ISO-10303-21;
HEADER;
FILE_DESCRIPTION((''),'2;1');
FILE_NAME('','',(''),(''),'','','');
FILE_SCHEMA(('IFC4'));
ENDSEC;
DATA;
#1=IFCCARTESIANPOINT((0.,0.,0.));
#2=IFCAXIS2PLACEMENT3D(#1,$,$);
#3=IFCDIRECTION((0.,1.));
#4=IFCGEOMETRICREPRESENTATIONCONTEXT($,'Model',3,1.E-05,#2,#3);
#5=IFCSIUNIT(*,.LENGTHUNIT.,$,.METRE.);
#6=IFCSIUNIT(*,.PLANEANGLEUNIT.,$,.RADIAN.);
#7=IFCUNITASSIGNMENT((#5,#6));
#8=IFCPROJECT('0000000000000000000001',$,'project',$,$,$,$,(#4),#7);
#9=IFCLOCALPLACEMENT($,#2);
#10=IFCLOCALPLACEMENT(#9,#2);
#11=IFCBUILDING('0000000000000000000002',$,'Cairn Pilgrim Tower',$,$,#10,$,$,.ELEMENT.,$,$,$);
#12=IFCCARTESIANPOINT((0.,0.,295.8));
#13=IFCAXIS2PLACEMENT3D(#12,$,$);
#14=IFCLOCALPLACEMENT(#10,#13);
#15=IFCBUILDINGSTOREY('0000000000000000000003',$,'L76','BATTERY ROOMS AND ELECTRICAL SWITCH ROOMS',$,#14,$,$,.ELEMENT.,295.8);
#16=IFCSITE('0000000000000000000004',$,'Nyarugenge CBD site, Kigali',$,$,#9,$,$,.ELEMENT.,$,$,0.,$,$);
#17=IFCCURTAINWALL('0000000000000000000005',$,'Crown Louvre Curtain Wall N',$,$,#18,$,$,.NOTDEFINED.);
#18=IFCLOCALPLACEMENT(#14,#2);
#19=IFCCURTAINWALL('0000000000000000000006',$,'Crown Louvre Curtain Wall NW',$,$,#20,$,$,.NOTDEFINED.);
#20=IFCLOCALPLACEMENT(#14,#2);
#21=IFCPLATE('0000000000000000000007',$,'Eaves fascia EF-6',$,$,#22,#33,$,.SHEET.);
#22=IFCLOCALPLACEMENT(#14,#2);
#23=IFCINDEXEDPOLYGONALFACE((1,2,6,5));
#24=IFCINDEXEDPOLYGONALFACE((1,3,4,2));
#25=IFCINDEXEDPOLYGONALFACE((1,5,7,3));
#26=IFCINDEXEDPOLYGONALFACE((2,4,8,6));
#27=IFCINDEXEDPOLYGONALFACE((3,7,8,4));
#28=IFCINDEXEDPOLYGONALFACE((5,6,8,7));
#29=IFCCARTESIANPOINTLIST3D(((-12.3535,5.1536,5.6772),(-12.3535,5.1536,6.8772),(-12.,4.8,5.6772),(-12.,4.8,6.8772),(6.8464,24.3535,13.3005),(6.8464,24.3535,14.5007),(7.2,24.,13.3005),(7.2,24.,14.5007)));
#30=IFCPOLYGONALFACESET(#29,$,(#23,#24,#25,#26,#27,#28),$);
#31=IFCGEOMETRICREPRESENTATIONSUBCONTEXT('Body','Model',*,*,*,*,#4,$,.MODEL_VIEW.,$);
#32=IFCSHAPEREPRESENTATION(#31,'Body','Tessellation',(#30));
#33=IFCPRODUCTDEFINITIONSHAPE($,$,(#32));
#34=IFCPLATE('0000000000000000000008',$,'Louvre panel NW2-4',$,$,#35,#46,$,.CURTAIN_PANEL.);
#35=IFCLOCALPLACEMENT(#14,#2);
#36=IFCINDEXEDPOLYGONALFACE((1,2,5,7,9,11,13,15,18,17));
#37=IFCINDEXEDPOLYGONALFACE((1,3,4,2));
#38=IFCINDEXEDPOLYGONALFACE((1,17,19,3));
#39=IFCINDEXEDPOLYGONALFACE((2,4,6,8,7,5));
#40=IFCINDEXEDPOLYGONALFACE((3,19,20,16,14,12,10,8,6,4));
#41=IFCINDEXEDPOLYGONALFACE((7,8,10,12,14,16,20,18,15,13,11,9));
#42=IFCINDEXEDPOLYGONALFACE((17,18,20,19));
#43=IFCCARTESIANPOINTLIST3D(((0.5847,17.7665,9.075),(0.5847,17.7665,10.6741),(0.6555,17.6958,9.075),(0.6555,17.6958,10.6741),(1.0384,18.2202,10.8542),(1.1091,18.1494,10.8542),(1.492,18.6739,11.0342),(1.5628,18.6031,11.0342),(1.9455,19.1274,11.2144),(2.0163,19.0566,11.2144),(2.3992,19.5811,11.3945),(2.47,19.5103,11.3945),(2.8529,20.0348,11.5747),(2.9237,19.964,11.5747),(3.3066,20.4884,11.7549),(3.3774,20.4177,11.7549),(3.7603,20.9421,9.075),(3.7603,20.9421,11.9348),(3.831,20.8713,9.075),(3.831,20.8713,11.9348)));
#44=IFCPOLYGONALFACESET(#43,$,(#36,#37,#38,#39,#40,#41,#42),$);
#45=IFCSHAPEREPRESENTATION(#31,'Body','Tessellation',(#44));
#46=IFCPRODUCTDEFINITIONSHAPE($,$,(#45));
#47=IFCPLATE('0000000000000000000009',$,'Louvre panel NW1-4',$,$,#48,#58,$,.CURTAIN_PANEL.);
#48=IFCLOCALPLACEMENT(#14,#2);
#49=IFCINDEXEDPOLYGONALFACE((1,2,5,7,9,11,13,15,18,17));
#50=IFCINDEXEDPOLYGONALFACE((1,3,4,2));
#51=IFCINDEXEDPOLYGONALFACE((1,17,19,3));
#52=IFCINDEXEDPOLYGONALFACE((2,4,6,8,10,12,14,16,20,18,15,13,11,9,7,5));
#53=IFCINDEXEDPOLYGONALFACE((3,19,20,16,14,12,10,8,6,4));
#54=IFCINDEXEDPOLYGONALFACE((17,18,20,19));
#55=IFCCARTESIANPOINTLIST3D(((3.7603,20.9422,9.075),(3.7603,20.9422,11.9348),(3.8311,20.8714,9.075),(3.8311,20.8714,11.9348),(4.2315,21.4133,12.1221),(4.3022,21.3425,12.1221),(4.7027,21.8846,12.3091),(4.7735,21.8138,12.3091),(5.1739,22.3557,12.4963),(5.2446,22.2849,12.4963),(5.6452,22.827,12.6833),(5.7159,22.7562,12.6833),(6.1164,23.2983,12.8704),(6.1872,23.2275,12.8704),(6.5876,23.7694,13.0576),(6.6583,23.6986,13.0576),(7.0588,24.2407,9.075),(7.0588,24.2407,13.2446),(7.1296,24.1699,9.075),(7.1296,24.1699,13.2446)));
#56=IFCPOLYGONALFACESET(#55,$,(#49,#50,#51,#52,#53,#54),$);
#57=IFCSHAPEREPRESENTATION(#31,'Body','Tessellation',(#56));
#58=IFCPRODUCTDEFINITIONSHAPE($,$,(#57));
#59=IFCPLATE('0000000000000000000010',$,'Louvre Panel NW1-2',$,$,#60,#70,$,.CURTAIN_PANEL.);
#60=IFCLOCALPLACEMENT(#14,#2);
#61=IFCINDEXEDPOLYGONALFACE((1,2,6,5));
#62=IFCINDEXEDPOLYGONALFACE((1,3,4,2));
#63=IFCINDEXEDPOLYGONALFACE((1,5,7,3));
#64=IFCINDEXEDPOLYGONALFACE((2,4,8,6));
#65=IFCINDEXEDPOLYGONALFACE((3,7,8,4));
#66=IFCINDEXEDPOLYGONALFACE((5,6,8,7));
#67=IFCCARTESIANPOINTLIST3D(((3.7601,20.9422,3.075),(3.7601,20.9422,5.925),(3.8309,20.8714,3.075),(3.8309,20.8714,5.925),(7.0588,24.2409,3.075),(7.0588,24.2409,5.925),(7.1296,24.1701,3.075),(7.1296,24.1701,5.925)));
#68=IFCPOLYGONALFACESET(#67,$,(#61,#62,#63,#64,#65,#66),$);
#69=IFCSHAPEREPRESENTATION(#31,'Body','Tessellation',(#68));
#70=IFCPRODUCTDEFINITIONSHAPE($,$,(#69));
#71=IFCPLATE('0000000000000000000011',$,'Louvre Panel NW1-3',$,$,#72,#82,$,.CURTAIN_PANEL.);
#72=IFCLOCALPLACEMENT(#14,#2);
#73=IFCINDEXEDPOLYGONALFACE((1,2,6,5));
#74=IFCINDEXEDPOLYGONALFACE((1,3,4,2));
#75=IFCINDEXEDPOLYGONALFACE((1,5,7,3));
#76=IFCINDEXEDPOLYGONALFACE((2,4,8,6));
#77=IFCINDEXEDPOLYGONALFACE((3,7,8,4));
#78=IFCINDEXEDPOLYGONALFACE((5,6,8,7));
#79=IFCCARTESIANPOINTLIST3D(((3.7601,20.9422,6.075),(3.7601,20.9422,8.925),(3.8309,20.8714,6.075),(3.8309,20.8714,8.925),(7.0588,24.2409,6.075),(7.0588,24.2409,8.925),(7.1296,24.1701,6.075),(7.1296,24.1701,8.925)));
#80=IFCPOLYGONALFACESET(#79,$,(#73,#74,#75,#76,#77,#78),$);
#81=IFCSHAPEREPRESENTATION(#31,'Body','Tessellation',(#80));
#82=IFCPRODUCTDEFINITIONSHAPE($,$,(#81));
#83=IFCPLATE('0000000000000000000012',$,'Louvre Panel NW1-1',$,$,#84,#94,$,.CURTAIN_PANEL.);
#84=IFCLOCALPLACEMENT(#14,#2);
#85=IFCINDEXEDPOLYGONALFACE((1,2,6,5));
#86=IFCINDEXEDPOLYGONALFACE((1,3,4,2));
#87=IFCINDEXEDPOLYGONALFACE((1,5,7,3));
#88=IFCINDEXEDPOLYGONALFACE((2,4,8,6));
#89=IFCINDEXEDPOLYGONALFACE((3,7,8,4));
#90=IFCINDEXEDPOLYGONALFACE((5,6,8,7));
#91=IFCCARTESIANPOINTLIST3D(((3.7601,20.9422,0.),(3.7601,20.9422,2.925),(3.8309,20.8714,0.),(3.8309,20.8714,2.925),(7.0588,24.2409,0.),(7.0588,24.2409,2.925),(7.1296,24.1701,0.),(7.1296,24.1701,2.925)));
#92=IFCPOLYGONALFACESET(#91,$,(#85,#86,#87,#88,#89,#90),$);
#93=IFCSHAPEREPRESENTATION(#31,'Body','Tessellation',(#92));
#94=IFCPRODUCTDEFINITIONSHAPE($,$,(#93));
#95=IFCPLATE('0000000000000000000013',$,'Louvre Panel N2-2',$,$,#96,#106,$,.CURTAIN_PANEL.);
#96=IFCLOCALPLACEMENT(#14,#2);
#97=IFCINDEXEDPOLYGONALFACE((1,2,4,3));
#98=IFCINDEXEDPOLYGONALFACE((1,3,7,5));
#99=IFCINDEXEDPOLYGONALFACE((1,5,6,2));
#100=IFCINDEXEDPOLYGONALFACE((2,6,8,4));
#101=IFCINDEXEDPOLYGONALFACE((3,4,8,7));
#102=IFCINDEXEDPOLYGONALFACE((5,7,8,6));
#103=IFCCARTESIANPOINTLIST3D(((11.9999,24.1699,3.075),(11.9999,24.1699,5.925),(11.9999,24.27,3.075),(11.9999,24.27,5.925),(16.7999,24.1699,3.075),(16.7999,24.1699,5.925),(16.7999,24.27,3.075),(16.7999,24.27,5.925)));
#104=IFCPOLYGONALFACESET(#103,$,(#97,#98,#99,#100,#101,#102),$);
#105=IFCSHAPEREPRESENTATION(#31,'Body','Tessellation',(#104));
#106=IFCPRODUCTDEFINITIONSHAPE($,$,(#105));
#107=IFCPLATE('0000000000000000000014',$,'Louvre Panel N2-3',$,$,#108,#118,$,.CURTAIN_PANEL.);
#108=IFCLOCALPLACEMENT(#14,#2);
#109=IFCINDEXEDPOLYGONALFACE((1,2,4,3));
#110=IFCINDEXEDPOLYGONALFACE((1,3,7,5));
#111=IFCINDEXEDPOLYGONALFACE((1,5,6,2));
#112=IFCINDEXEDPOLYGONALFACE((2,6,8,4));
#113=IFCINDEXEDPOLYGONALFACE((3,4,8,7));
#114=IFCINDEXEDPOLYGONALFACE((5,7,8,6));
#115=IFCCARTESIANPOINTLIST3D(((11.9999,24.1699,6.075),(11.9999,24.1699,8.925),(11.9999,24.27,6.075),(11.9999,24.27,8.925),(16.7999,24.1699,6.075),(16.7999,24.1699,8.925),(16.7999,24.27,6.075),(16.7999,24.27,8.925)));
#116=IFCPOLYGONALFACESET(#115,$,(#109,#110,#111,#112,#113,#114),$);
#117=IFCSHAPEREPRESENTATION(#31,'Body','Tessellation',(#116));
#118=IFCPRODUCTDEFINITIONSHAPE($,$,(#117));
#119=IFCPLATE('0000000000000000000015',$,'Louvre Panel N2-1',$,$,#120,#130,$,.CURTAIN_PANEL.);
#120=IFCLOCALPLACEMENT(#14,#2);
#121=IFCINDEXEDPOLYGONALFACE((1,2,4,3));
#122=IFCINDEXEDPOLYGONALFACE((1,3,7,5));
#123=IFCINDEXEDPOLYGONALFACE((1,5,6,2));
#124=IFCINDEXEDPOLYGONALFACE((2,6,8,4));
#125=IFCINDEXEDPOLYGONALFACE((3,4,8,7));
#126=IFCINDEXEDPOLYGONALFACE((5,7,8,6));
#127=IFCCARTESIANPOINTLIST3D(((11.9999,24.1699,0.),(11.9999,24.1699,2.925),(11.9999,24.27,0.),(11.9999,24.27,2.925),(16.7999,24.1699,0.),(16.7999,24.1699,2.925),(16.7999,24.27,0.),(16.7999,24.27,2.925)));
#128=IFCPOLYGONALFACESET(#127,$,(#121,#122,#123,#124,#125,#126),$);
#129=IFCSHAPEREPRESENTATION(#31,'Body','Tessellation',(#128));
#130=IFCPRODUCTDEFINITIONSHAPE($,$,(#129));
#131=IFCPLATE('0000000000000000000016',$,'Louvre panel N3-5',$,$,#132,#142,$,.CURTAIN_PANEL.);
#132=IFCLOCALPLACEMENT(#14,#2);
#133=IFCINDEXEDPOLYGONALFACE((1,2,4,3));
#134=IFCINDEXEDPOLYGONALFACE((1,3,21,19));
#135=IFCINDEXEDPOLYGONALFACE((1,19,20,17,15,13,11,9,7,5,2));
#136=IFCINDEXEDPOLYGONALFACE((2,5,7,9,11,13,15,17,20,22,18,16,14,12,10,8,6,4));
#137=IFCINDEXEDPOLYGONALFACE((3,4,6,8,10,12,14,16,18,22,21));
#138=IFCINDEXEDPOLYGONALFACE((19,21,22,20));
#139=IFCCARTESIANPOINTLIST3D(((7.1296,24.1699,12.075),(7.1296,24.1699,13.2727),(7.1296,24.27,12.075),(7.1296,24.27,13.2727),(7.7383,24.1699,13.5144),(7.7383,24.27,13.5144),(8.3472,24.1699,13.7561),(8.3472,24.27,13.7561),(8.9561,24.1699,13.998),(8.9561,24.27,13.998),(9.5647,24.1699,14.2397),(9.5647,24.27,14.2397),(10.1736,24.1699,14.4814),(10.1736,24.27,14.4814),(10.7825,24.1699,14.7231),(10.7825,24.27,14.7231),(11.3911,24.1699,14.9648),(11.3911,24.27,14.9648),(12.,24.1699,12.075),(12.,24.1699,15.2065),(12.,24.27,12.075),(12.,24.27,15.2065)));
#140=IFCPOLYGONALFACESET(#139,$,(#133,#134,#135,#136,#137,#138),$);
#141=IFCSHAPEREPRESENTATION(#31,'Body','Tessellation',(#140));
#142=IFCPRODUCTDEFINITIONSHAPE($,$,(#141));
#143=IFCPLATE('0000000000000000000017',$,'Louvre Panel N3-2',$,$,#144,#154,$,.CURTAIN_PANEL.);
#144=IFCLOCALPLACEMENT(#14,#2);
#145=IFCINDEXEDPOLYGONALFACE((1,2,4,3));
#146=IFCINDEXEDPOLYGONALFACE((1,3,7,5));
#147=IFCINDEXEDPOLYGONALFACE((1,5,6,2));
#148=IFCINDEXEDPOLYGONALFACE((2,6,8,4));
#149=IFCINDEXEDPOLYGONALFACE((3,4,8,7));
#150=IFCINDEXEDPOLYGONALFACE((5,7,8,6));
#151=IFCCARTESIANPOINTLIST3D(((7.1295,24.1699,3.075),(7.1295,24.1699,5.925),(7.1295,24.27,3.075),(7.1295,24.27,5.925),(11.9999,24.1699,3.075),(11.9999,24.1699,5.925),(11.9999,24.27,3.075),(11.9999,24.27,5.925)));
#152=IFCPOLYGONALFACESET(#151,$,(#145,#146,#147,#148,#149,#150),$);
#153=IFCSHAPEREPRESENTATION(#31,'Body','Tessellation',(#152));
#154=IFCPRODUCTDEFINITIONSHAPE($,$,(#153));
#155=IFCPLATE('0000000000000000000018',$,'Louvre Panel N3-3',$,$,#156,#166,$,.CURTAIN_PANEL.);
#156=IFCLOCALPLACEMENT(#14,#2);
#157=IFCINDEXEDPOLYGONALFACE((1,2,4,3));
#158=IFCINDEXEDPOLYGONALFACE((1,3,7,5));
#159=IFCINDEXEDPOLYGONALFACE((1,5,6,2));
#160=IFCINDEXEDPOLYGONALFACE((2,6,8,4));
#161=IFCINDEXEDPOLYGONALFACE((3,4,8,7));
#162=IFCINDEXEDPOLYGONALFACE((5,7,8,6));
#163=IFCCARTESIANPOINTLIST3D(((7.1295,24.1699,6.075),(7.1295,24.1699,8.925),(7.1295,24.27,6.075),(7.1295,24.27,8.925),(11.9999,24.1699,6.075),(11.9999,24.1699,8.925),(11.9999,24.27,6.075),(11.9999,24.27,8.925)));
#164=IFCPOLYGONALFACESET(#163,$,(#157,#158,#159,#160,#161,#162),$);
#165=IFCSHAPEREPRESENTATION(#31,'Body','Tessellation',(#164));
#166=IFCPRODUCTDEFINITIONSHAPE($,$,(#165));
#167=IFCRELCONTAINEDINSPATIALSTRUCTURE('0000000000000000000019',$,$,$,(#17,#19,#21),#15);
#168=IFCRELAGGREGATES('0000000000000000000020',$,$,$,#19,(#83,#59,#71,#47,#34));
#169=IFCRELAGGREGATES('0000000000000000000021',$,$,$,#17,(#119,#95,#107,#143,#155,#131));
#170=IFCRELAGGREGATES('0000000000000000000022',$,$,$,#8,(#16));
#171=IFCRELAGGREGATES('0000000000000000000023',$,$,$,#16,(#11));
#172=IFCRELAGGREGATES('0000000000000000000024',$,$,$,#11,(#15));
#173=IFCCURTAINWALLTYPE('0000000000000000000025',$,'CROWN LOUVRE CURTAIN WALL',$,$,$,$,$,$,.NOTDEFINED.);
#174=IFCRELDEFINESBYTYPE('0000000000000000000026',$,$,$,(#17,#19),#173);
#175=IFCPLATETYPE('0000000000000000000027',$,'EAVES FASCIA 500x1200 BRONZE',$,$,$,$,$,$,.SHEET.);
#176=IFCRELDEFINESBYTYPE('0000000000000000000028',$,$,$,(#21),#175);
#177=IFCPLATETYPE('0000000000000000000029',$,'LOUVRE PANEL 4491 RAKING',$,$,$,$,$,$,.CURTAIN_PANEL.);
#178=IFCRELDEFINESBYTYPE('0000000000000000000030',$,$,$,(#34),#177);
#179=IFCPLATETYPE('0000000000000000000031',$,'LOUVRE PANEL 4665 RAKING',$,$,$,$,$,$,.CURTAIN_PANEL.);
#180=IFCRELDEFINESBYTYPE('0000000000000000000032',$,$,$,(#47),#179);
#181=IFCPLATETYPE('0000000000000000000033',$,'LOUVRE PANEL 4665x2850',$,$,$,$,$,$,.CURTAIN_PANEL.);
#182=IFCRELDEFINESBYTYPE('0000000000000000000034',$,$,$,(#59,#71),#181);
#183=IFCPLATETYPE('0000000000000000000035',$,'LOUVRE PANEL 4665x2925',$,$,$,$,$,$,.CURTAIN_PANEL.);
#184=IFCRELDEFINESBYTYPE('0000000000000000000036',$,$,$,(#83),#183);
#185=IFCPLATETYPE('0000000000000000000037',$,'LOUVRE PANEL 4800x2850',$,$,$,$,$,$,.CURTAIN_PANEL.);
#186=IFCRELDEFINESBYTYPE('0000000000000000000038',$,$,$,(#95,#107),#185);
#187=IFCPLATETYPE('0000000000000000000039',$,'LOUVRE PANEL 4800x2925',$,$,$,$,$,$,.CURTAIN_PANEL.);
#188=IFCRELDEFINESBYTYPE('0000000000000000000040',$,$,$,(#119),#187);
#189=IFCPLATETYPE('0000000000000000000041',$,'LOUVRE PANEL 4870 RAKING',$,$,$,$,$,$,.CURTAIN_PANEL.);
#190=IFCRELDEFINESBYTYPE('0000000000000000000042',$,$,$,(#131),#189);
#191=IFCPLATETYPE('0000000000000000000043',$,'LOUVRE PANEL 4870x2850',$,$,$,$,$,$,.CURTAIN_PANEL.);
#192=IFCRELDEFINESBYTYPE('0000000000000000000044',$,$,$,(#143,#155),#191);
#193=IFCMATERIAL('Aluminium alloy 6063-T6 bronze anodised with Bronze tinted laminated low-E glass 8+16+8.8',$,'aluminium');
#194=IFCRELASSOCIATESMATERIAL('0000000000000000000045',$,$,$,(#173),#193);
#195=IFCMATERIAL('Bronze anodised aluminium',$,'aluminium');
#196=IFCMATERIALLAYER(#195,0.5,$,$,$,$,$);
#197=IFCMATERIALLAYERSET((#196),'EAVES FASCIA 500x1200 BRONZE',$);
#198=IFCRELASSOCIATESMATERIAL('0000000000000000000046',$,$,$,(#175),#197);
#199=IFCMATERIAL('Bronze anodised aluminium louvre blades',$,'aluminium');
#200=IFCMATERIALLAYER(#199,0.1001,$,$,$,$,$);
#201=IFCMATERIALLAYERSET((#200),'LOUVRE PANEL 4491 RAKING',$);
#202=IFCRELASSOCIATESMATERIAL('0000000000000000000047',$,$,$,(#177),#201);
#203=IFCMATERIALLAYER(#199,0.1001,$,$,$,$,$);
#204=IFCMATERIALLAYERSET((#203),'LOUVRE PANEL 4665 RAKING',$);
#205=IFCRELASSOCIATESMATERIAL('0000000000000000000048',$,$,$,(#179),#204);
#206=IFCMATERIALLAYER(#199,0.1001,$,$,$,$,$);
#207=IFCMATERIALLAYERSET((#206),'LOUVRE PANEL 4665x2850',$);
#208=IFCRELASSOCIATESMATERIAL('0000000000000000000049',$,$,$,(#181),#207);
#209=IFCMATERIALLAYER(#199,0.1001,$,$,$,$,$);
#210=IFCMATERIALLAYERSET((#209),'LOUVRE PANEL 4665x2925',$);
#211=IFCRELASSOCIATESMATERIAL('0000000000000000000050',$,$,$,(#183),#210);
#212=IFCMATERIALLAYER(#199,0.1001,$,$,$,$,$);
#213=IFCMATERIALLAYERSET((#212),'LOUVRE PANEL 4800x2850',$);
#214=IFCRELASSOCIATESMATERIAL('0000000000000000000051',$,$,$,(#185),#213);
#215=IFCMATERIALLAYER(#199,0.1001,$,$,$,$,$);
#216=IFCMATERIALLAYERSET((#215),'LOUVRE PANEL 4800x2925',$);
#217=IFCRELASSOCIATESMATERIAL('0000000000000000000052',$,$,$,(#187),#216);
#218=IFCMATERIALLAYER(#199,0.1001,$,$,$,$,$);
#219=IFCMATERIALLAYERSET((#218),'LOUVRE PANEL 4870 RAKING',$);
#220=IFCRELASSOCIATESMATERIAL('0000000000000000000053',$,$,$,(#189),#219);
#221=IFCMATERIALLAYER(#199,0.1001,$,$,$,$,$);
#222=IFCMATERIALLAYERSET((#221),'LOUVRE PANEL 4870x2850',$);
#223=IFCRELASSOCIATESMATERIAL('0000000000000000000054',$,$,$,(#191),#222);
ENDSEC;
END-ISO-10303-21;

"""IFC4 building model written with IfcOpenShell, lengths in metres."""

from ifc_helpers import new_model, si_unit, direction, frame, origin, origin_2d, place, context, subcontext, project, spatial, polyline, rectangle, outline, extrude, material, layer, layer_set, type_object, element, aggregate, save


model = new_model("IFC4")

# Units and contexts
model_context = context("Model", 3, precision=1e-05, world=origin(), true_north=direction((0.0, 1.0)))
body_context = subcontext(model_context, "Body", "Model", "MODEL_VIEW")
ifc_project = project(units=[si_unit("LENGTHUNIT", "METRE"), si_unit("PLANEANGLEUNIT", "RADIAN")], contexts=[model_context])

# Site, building, storey
site_placement = place(None, origin())
site = spatial("IfcSite", under=ifc_project, at=site_placement, Name="Nyarugenge CBD site, Kigali", CompositionType="ELEMENT", RefElevation=0.0)
building_placement = place(site_placement, origin())
building = spatial("IfcBuilding", under=site, at=building_placement, Name="Cairn Pilgrim Tower", CompositionType="ELEMENT")
storey_placement = place(building_placement, frame((0.0, 0.0, 295.8)))
storey = spatial("IfcBuildingStorey", under=building, at=storey_placement, Name="L76", Description="BATTERY ROOMS AND ELECTRICAL SWITCH ROOMS", CompositionType="ELEMENT", Elevation=295.8)

# Curtain wall
ifc_material_1 = material(Name="Aluminium alloy 6063-T6 bronze anodised with Bronze tinted laminated low-E glass 8+16+8.8", Category="aluminium")
curtain_wall_type = type_object("IfcCurtainWallType", Name="CROWN LOUVRE CURTAIN WALL", PredefinedType="NOTDEFINED", material=ifc_material_1)
curtain_wall_1_placement = place(storey_placement, origin())
curtain_wall_1 = element("IfcCurtainWall", 1, at=curtain_wall_1_placement, inside=storey, type_object=curtain_wall_type, Name="Crown Louvre Curtain Wall N", PredefinedType="NOTDEFINED")

# Curtain wall
curtain_wall_2_placement = place(storey_placement, origin())
curtain_wall_2 = element("IfcCurtainWall", 2, at=curtain_wall_2_placement, inside=storey, type_object=curtain_wall_type, Name="Crown Louvre Curtain Wall NW", PredefinedType="NOTDEFINED")

# Plates
ifc_material_2 = material(Name="Bronze anodised aluminium", Category="aluminium")
ifc_layer_1 = layer(ifc_material_2, 0.5)
ifc_layer_set_1 = layer_set([ifc_layer_1], Name="EAVES FASCIA 500x1200 BRONZE")
plate_type_1 = type_object("IfcPlateType", Name="EAVES FASCIA 500x1200 BRONZE", PredefinedType="SHEET", material=ifc_layer_set_1)
plate_1_placement = place(storey_placement, frame((7.0232, 24.1768, 5.6772), z_axis=(0.0, 0.0, 1.0), x_axis=(-0.707107, -0.707107, 0.0)))
element("IfcPlate", 3, at=plate_1_placement, inside=storey, type_object=plate_type_1, Name="Eaves fascia EF-6", PredefinedType="SHEET", context=body_context, shape_type="SweptSolid", body=[
    extrude(outline(polyline([(0.0, 7.6233), (27.1528, 0.0), (27.1528, 1.2), (0.0, 8.8235), (0.0, 7.6233)])), frame((0.0, 0.25, 0.0), z_axis=(0.0, -1.0, 0.0), x_axis=(1.0, 0.0, 0.0)), (0.0, 0.0, 1.0), 0.5),
])
ifc_material_3 = material(Name="Bronze anodised aluminium louvre blades", Category="aluminium")
ifc_layer_2 = layer(ifc_material_3, 0.1001)
ifc_layer_set_2 = layer_set([ifc_layer_2], Name="LOUVRE PANEL 4491 RAKING")
plate_type_2 = type_object("IfcPlateType", Name="LOUVRE PANEL 4491 RAKING", PredefinedType="CURTAIN_PANEL", material=ifc_layer_set_2)
plate_2_placement = place(storey_placement, frame((3.7957, 20.9067, 9.075), z_axis=(0.0, 0.0, 1.0), x_axis=(-0.707107, -0.707107, 0.0)))
plate_2 = element("IfcPlate", 4, at=plate_2_placement, type_object=plate_type_2, Name="Louvre panel NW2-4", PredefinedType="CURTAIN_PANEL", context=body_context, shape_type="SweptSolid", body=[
    extrude(outline(polyline([(0.0, 0.0), (4.491, 0.0), (4.491, 1.5991), (3.8494, 1.7793), (3.2078, 1.9592), (2.5664, 2.1394), (1.9248, 2.3196), (1.2832, 2.4998), (0.6416, 2.6799), (0.0, 2.8599), (0.0, 0.0)])), frame((0.0, 0.05, 0.0), z_axis=(0.0, -1.0, 0.0), x_axis=(1.0, 0.0, 0.0)), (0.0, 0.0, 1.0), 0.1001),
])
ifc_layer_3 = layer(ifc_material_3, 0.1001)
ifc_layer_set_3 = layer_set([ifc_layer_3], Name="LOUVRE PANEL 4665 RAKING")
plate_type_3 = type_object("IfcPlateType", Name="LOUVRE PANEL 4665 RAKING", PredefinedType="CURTAIN_PANEL", material=ifc_layer_set_3)
plate_3_placement = place(storey_placement, frame((7.0942, 24.2053, 9.075), z_axis=(0.0, 0.0, 1.0), x_axis=(-0.707107, -0.707107, 0.0)))
plate_3 = element("IfcPlate", 5, at=plate_3_placement, type_object=plate_type_3, Name="Louvre panel NW1-4", PredefinedType="CURTAIN_PANEL", context=body_context, shape_type="SweptSolid", body=[
    extrude(outline(polyline([(0.0, 0.0), (4.6648, 0.0), (4.6648, 2.8599), (3.9985, 3.0471), (3.332, 3.2341), (2.6658, 3.4214), (1.9993, 3.6084), (1.3328, 3.7954), (0.6665, 3.9827), (0.0, 4.1697), (0.0, 0.0)])), frame((0.0, 0.05, 0.0), z_axis=(0.0, -1.0, 0.0), x_axis=(1.0, 0.0, 0.0)), (0.0, 0.0, 1.0), 0.1001),
])
ifc_layer_4 = layer(ifc_material_3, 0.1001)
ifc_layer_set_4 = layer_set([ifc_layer_4], Name="LOUVRE PANEL 4665x2850")
plate_type_4 = type_object("IfcPlateType", Name="LOUVRE PANEL 4665x2850", PredefinedType="CURTAIN_PANEL", material=ifc_layer_set_4)
plate_4_placement = place(storey_placement, frame((5.4448, 22.5562, 3.075), z_axis=(0.0, 0.0, 1.0), x_axis=(-0.707107, -0.707107, 0.0)))
plate_4 = element("IfcPlate", 6, at=plate_4_placement, type_object=plate_type_4, Name="Louvre Panel NW1-2", PredefinedType="CURTAIN_PANEL", context=body_context, shape_type="SweptSolid", body=[
    extrude(rectangle(XDim=4.665, YDim=0.1001, at=origin_2d()), origin(), (0.0, 0.0, 1.0), 2.8501),
])
plate_5_placement = place(storey_placement, frame((5.4448, 22.5562, 6.075), z_axis=(0.0, 0.0, 1.0), x_axis=(-0.707107, -0.707107, 0.0)))
plate_5 = element("IfcPlate", 7, at=plate_5_placement, type_object=plate_type_4, Name="Louvre Panel NW1-3", PredefinedType="CURTAIN_PANEL", context=body_context, shape_type="SweptSolid", body=[
    extrude(rectangle(XDim=4.665, YDim=0.1001, at=origin_2d()), origin(), (0.0, 0.0, 1.0), 2.8501),
])
ifc_layer_5 = layer(ifc_material_3, 0.1001)
ifc_layer_set_5 = layer_set([ifc_layer_5], Name="LOUVRE PANEL 4665x2925")
plate_type_5 = type_object("IfcPlateType", Name="LOUVRE PANEL 4665x2925", PredefinedType="CURTAIN_PANEL", material=ifc_layer_set_5)
plate_6_placement = place(storey_placement, frame((5.4448, 22.5562, 0.0), z_axis=(0.0, 0.0, 1.0), x_axis=(-0.707107, -0.707107, 0.0)))
plate_6 = element("IfcPlate", 8, at=plate_6_placement, type_object=plate_type_5, Name="Louvre Panel NW1-1", PredefinedType="CURTAIN_PANEL", context=body_context, shape_type="SweptSolid", body=[
    extrude(rectangle(XDim=4.665, YDim=0.1001, at=origin_2d()), origin(), (0.0, 0.0, 1.0), 2.925),
])
aggregate(curtain_wall_2, [plate_6, plate_4, plate_5, plate_3, plate_2])
ifc_layer_6 = layer(ifc_material_3, 0.1001)
ifc_layer_set_6 = layer_set([ifc_layer_6], Name="LOUVRE PANEL 4800x2850")
plate_type_6 = type_object("IfcPlateType", Name="LOUVRE PANEL 4800x2850", PredefinedType="CURTAIN_PANEL", material=ifc_layer_set_6)
plate_7_placement = place(storey_placement, frame((14.3999, 24.22, 3.075), z_axis=(0.0, 0.0, 1.0), x_axis=(-1.0, 0.0, 0.0)))
plate_7 = element("IfcPlate", 9, at=plate_7_placement, type_object=plate_type_6, Name="Louvre Panel N2-2", PredefinedType="CURTAIN_PANEL", context=body_context, shape_type="SweptSolid", body=[
    extrude(rectangle(XDim=4.8, YDim=0.1001, at=origin_2d()), origin(), (0.0, 0.0, 1.0), 2.8501),
])
plate_8_placement = place(storey_placement, frame((14.3999, 24.22, 6.075), z_axis=(0.0, 0.0, 1.0), x_axis=(-1.0, 0.0, 0.0)))
plate_8 = element("IfcPlate", 10, at=plate_8_placement, type_object=plate_type_6, Name="Louvre Panel N2-3", PredefinedType="CURTAIN_PANEL", context=body_context, shape_type="SweptSolid", body=[
    extrude(rectangle(XDim=4.8, YDim=0.1001, at=origin_2d()), origin(), (0.0, 0.0, 1.0), 2.8501),
])
ifc_layer_7 = layer(ifc_material_3, 0.1001)
ifc_layer_set_7 = layer_set([ifc_layer_7], Name="LOUVRE PANEL 4800x2925")
plate_type_7 = type_object("IfcPlateType", Name="LOUVRE PANEL 4800x2925", PredefinedType="CURTAIN_PANEL", material=ifc_layer_set_7)
plate_9_placement = place(storey_placement, frame((14.3999, 24.22, 0.0), z_axis=(0.0, 0.0, 1.0), x_axis=(-1.0, 0.0, 0.0)))
plate_9 = element("IfcPlate", 11, at=plate_9_placement, type_object=plate_type_7, Name="Louvre Panel N2-1", PredefinedType="CURTAIN_PANEL", context=body_context, shape_type="SweptSolid", body=[
    extrude(rectangle(XDim=4.8, YDim=0.1001, at=origin_2d()), origin(), (0.0, 0.0, 1.0), 2.925),
])
ifc_layer_8 = layer(ifc_material_3, 0.1001)
ifc_layer_set_8 = layer_set([ifc_layer_8], Name="LOUVRE PANEL 4870 RAKING")
plate_type_8 = type_object("IfcPlateType", Name="LOUVRE PANEL 4870 RAKING", PredefinedType="CURTAIN_PANEL", material=ifc_layer_set_8)
plate_10_placement = place(storey_placement, frame((12.0, 24.22, 12.075), z_axis=(0.0, 0.0, 1.0), x_axis=(-1.0, 0.0, 0.0)))
plate_10 = element("IfcPlate", 12, at=plate_10_placement, type_object=plate_type_8, Name="Louvre panel N3-5", PredefinedType="CURTAIN_PANEL", context=body_context, shape_type="SweptSolid", body=[
    extrude(outline(polyline([(0.0, 0.0), (4.8704, 0.0), (4.8704, 1.1978), (4.2617, 1.4395), (3.6528, 1.6812), (3.0439, 1.9231), (2.4353, 2.1648), (1.8264, 2.4065), (1.2175, 2.6482), (0.6089, 2.8899), (0.0, 3.1316), (0.0, 0.0)])), frame((0.0, 0.05, 0.0), z_axis=(0.0, -1.0, 0.0), x_axis=(1.0, 0.0, 0.0)), (0.0, 0.0, 1.0), 0.1001),
])
ifc_layer_9 = layer(ifc_material_3, 0.1001)
ifc_layer_set_9 = layer_set([ifc_layer_9], Name="LOUVRE PANEL 4870x2850")
plate_type_9 = type_object("IfcPlateType", Name="LOUVRE PANEL 4870x2850", PredefinedType="CURTAIN_PANEL", material=ifc_layer_set_9)
plate_11_placement = place(storey_placement, frame((9.5647, 24.22, 3.075), z_axis=(0.0, 0.0, 1.0), x_axis=(-1.0, 0.0, 0.0)))
plate_11 = element("IfcPlate", 13, at=plate_11_placement, type_object=plate_type_9, Name="Louvre Panel N3-2", PredefinedType="CURTAIN_PANEL", context=body_context, shape_type="SweptSolid", body=[
    extrude(rectangle(XDim=4.8704, YDim=0.1001, at=origin_2d()), origin(), (0.0, 0.0, 1.0), 2.8501),
])
plate_12_placement = place(storey_placement, frame((9.5647, 24.22, 6.075), z_axis=(0.0, 0.0, 1.0), x_axis=(-1.0, 0.0, 0.0)))
plate_12 = element("IfcPlate", 14, at=plate_12_placement, type_object=plate_type_9, Name="Louvre Panel N3-3", PredefinedType="CURTAIN_PANEL", context=body_context, shape_type="SweptSolid", body=[
    extrude(rectangle(XDim=4.8704, YDim=0.1001, at=origin_2d()), origin(), (0.0, 0.0, 1.0), 2.8501),
])
aggregate(curtain_wall_1, [plate_9, plate_7, plate_8, plate_11, plate_12, plate_10])

save(model, "model.ifc")
